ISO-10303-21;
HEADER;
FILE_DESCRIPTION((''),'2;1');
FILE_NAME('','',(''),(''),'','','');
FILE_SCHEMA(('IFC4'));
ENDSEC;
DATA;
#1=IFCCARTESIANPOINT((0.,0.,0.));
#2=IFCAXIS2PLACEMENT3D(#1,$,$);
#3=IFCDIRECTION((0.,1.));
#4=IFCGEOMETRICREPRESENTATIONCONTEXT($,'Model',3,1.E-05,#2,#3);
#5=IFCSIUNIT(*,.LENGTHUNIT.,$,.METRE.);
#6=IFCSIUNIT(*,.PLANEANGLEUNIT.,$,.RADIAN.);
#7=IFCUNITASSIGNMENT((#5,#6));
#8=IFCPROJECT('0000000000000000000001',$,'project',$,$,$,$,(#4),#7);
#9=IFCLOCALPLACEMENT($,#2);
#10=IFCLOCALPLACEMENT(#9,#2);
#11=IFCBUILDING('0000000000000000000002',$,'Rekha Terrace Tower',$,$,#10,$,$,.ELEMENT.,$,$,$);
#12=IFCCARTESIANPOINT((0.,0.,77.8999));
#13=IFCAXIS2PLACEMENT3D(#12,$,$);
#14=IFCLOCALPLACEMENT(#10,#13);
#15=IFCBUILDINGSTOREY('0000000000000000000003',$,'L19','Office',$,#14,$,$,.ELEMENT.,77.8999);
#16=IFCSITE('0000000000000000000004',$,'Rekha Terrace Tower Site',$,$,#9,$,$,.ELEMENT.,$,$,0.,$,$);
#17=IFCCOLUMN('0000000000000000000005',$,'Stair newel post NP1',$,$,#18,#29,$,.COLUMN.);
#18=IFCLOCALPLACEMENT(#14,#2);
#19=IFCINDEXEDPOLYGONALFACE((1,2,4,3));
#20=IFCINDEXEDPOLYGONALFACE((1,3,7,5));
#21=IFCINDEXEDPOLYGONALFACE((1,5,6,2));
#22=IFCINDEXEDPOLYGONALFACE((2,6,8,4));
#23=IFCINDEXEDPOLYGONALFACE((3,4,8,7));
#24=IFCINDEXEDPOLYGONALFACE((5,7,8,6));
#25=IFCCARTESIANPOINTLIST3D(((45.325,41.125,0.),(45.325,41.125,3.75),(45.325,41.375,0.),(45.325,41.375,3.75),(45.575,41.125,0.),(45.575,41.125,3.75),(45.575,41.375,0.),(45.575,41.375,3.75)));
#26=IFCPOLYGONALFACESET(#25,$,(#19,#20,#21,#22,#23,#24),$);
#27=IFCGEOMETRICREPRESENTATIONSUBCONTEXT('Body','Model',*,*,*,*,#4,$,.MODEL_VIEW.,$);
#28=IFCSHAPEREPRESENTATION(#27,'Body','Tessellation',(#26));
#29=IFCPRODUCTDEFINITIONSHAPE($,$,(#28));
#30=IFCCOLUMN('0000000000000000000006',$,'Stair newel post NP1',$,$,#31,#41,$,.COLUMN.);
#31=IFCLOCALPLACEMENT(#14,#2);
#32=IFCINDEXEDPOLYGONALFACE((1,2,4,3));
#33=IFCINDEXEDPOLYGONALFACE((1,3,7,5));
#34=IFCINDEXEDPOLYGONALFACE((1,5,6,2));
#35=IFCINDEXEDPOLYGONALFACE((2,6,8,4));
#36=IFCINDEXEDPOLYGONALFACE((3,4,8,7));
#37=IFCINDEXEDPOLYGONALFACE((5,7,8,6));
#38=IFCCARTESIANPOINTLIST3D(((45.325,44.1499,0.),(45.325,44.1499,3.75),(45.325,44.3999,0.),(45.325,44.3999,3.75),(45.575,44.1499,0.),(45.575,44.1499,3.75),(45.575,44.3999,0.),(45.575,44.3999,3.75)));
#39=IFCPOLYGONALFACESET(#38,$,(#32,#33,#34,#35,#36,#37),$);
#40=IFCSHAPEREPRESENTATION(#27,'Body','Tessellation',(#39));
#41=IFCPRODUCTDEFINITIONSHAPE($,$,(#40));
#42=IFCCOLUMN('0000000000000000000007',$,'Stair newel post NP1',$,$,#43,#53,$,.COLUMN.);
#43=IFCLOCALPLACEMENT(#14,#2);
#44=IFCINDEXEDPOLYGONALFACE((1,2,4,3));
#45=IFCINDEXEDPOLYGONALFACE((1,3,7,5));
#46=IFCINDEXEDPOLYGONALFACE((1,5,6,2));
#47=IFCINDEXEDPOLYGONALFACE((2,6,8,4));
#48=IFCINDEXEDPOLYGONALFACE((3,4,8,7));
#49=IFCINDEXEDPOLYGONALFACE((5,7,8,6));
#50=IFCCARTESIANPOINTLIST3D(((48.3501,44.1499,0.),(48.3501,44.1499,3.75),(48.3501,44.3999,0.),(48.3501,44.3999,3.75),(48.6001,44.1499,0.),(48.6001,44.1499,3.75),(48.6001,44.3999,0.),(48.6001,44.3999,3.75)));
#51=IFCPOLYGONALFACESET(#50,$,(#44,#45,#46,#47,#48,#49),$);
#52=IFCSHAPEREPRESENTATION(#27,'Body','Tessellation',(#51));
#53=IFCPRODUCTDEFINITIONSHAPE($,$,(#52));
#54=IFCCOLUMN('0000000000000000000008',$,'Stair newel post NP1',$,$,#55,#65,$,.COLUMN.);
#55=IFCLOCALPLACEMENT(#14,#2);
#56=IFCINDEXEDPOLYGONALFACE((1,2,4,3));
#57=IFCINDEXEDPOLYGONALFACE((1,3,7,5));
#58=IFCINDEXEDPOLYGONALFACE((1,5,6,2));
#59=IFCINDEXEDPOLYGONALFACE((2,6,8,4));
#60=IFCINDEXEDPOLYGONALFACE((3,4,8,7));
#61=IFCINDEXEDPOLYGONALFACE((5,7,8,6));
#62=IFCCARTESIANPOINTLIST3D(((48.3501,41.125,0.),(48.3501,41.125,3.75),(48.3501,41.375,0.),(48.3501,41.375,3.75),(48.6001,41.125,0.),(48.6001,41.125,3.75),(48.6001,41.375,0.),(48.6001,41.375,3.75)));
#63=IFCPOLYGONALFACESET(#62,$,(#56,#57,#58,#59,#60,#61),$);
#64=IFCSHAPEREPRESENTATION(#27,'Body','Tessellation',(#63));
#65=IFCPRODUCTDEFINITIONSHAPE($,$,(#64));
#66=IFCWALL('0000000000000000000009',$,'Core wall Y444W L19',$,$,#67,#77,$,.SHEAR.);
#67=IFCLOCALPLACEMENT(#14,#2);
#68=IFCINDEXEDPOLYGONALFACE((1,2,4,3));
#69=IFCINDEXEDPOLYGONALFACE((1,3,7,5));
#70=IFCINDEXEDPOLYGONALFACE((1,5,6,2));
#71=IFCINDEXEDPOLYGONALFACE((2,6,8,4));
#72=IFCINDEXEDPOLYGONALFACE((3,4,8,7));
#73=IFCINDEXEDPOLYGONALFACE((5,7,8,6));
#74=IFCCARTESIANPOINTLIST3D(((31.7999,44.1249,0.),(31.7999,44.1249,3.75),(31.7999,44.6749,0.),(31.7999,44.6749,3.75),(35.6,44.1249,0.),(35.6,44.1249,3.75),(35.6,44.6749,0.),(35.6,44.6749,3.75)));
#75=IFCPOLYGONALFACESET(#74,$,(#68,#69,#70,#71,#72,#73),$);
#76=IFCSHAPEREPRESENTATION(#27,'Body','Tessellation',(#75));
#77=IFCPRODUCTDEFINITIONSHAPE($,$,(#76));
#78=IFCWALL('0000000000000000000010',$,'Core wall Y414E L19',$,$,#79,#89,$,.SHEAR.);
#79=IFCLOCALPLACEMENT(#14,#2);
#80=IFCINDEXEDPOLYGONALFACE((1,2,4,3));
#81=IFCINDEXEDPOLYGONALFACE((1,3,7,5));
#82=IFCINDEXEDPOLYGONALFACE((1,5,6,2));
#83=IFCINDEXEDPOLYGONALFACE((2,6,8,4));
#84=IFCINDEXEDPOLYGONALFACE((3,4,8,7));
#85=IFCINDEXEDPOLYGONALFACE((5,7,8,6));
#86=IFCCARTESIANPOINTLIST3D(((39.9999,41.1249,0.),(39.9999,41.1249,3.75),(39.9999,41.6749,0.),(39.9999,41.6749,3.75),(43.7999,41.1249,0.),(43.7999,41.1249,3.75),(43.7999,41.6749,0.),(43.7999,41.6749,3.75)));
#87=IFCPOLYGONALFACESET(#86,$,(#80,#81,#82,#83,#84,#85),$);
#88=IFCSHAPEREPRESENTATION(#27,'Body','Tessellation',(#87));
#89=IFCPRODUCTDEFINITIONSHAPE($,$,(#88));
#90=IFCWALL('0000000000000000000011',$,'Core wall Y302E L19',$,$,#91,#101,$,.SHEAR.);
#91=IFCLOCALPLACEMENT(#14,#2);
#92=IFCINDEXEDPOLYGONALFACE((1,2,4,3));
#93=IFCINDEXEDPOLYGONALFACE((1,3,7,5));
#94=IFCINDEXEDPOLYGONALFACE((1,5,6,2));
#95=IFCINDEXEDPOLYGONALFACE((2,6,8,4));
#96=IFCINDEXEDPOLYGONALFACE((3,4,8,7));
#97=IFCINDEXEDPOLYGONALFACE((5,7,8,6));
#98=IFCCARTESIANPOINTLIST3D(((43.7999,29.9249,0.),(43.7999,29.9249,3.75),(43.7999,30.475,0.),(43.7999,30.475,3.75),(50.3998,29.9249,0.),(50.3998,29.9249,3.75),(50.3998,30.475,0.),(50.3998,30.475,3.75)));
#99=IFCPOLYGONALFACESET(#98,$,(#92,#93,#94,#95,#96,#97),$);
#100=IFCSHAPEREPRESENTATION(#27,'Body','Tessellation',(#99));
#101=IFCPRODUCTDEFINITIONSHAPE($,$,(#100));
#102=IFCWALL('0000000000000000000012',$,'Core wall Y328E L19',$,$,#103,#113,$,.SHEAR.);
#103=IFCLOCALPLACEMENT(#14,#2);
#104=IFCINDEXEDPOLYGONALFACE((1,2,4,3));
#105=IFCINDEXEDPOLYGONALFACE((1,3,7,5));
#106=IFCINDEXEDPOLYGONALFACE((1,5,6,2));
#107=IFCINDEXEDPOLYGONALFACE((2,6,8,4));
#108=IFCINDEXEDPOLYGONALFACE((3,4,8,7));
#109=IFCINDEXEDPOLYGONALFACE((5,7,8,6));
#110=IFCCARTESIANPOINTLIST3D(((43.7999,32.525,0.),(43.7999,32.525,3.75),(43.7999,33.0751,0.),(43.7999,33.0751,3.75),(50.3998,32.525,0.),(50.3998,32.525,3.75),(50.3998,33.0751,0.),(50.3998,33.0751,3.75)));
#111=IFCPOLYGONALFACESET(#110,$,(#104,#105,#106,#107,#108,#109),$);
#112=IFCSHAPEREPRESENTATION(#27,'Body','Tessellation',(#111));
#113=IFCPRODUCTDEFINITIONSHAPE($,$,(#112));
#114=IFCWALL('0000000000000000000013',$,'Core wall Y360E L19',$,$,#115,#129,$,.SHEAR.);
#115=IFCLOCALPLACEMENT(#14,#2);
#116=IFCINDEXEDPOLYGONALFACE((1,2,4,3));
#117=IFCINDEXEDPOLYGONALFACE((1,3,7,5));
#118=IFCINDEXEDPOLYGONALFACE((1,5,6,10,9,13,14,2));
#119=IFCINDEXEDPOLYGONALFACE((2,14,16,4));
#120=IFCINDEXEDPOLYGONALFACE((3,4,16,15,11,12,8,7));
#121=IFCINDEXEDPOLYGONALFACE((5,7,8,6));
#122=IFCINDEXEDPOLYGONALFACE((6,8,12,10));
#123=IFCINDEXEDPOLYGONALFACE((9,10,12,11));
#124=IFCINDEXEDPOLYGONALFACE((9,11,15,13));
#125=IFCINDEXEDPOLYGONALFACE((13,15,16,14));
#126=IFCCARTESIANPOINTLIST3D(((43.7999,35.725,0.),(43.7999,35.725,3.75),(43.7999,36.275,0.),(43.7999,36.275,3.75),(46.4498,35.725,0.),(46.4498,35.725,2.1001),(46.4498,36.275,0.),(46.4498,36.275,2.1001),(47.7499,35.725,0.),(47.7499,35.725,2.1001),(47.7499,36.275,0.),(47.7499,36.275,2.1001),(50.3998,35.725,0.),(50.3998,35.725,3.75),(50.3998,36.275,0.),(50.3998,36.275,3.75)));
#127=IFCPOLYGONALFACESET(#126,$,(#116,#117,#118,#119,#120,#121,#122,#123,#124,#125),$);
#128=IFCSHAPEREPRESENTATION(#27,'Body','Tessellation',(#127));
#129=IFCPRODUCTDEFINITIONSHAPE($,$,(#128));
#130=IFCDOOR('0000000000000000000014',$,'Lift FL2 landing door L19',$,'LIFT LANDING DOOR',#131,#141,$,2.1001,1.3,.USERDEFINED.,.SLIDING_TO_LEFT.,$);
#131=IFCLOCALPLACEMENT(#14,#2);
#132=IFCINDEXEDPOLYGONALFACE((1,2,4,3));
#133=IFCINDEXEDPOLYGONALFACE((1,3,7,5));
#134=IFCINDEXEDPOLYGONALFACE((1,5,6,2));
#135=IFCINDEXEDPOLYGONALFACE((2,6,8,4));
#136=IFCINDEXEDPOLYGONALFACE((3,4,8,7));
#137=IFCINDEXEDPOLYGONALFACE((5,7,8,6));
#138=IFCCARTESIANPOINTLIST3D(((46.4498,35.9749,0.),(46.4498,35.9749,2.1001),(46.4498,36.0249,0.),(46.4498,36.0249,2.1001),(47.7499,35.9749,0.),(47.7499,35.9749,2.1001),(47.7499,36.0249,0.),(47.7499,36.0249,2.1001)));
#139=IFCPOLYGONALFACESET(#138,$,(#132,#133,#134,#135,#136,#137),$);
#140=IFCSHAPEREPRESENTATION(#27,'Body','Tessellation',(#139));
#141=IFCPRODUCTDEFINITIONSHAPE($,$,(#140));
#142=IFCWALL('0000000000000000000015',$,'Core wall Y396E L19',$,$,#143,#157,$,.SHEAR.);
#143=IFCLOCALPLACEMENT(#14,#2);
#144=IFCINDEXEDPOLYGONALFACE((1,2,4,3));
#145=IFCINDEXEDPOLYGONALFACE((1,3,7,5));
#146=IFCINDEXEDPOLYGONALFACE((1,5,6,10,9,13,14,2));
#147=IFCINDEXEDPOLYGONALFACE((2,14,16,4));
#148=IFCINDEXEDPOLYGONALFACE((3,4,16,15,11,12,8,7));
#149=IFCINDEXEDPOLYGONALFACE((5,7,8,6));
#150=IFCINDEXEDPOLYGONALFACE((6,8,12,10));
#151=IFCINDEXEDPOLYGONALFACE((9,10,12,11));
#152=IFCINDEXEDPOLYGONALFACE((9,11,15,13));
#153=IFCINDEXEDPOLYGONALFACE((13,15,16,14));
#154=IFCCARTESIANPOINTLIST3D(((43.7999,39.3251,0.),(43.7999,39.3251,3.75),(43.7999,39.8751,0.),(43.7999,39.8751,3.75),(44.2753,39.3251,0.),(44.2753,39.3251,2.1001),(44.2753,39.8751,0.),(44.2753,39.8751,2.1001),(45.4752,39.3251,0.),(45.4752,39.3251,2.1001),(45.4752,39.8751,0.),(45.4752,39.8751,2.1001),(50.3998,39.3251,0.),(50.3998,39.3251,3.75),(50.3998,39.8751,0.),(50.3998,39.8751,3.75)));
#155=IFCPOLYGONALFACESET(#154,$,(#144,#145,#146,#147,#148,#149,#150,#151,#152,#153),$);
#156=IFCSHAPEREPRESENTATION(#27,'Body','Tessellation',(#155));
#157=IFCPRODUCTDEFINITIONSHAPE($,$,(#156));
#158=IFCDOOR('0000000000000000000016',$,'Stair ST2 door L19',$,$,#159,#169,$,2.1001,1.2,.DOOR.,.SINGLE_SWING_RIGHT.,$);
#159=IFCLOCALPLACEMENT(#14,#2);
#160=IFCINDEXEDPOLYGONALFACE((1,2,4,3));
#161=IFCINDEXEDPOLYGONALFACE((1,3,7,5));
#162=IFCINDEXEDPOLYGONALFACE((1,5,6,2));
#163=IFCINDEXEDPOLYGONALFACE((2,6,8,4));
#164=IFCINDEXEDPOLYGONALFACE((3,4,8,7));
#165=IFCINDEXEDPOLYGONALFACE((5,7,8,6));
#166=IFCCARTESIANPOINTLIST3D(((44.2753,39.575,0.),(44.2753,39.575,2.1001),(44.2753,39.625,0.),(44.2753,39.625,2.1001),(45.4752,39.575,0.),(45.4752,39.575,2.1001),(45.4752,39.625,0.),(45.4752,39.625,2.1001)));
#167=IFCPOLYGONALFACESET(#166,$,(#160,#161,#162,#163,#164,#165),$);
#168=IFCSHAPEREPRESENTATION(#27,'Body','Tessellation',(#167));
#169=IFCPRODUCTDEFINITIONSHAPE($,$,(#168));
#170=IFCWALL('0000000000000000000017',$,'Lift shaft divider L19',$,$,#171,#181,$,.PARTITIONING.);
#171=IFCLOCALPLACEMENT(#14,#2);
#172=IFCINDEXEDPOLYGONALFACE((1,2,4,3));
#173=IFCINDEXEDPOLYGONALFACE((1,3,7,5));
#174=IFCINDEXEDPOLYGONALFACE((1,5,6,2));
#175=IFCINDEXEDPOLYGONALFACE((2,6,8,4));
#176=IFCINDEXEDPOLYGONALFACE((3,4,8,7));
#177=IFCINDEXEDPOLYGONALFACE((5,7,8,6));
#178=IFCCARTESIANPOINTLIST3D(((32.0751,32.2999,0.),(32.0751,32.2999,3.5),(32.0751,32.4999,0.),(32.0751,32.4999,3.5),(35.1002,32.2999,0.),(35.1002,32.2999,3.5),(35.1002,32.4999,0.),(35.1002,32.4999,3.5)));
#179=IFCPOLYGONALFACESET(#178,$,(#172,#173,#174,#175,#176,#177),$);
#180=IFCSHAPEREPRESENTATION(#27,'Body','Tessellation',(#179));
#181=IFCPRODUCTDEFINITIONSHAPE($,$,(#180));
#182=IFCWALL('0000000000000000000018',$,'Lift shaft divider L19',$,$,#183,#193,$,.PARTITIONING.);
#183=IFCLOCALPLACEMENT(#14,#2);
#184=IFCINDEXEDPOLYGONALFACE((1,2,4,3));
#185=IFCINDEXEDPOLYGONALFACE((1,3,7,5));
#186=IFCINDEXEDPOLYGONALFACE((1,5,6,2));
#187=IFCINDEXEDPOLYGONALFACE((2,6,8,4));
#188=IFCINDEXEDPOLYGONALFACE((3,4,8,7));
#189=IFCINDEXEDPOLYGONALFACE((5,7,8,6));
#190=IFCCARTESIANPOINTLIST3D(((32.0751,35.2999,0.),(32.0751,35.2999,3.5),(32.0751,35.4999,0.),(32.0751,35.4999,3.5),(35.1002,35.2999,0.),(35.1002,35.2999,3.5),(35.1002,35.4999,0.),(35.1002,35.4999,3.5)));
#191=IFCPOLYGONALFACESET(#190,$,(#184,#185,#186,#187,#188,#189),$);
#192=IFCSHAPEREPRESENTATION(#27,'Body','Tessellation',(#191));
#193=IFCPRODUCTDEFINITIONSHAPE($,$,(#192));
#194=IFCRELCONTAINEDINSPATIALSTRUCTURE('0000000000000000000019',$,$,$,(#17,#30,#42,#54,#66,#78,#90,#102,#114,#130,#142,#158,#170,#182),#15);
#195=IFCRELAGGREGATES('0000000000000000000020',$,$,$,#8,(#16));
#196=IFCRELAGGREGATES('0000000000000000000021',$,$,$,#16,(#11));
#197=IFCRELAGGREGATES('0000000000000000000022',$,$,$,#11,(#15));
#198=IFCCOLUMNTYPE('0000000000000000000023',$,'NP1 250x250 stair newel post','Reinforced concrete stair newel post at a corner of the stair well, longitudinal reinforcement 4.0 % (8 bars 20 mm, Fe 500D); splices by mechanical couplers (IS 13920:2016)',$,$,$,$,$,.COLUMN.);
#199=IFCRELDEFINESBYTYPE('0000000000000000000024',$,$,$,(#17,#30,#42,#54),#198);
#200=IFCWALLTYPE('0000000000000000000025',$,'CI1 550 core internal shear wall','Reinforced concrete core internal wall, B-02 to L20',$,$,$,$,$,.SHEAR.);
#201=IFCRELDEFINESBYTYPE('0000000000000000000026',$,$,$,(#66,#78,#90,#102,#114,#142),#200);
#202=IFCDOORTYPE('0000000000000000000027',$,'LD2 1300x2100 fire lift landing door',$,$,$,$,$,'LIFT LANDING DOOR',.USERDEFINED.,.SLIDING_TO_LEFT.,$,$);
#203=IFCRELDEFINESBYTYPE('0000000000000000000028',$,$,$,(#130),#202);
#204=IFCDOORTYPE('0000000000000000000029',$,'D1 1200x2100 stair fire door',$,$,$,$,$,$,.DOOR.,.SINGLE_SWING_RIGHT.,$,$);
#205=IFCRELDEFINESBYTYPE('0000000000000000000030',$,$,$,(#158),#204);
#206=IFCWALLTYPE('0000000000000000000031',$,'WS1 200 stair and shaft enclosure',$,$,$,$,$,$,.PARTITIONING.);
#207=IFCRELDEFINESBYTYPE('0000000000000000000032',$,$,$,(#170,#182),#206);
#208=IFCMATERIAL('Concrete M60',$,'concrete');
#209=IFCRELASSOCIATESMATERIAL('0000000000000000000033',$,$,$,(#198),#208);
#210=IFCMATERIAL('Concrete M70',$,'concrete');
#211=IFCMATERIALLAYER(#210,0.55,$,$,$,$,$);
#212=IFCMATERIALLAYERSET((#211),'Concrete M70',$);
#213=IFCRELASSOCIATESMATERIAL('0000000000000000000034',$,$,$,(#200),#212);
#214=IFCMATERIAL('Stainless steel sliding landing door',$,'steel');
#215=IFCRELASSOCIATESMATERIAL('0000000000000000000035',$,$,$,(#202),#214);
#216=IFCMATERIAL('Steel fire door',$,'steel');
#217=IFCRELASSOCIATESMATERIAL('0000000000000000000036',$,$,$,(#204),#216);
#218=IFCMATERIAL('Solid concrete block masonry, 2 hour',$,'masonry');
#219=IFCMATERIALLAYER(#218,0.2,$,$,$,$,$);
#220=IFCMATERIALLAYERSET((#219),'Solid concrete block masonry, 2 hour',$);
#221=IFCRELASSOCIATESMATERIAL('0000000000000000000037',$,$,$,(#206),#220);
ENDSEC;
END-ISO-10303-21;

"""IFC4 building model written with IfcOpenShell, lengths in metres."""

from ifc_helpers import new_model, si_unit, direction, frame, frame_2d, origin, origin_2d, place, context, subcontext, project, spatial, rectangle, extrude, material, layer, layer_set, material_profile, profile_set, type_object, element, fill, save


model = new_model("IFC4")

# Units and contexts
model_context = context("Model", 3, precision=1e-05, world=origin(), true_north=direction((0.0, 1.0)))
body_context = subcontext(model_context, "Body", "Model", "MODEL_VIEW")
ifc_project = project(units=[si_unit("LENGTHUNIT", "METRE"), si_unit("PLANEANGLEUNIT", "RADIAN")], contexts=[model_context])

# Site, building, storey
site_placement = place(None, origin())
site = spatial("IfcSite", under=ifc_project, at=site_placement, Name="Rekha Terrace Tower Site", CompositionType="ELEMENT", RefElevation=0.0)
building_placement = place(site_placement, origin())
building = spatial("IfcBuilding", under=site, at=building_placement, Name="Rekha Terrace Tower", CompositionType="ELEMENT")
storey_placement = place(building_placement, frame((0.0, 0.0, 77.8999)))
storey = spatial("IfcBuildingStorey", under=building, at=storey_placement, Name="L19", Description="Office", CompositionType="ELEMENT", Elevation=77.8999)

# Columns
ifc_material_1 = material(Name="Concrete M60", Category="concrete")
ifc_material_profile = material_profile(ifc_material_1, rectangle(XDim=0.25, YDim=0.25, at=origin_2d()), Name="RC 250x250")
ifc_profile_set = profile_set([ifc_material_profile], Name="Concrete M60")
column_type = type_object("IfcColumnType", Name="NP1 250x250 stair newel post", Description="Reinforced concrete stair newel post at a corner of the stair well, longitudinal reinforcement 4.0 % (8 bars 20 mm, Fe 500D); splices by mechanical couplers (IS 13920:2016)", PredefinedType="COLUMN", material=ifc_profile_set)
for number, where, z_axis, x_axis, name in (
    (1, (45.45, 41.25, 0.0), (0.0, 0.0, 1.0), (1.0, 0.0, 0.0), "Stair newel post NP1"),
    (2, (45.45, 44.2749, 0.0), (0.0, 0.0, 1.0), (1.0, 0.0, 0.0), "Stair newel post NP1"),
    (3, (48.4751, 44.2749, 0.0), (0.0, 0.0, 1.0), (1.0, 0.0, 0.0), "Stair newel post NP1"),
    (4, (48.4751, 41.25, 0.0), (0.0, 0.0, 1.0), (1.0, 0.0, 0.0), "Stair newel post NP1"),
):
    element("IfcColumn", number, at=place(storey_placement, frame(where, z_axis=z_axis, x_axis=x_axis)), inside=storey, type_object=column_type, Name=name, PredefinedType="COLUMN", context=body_context, shape_type="SweptSolid", body=[
        extrude(rectangle(XDim=0.25, YDim=0.25, at=origin_2d()), origin(), (0.0, 0.0, 1.0), 3.75),
    ])

# Walls
ifc_material_2 = material(Name="Concrete M70", Category="concrete")
ifc_layer_1 = layer(ifc_material_2, 0.55)
ifc_layer_set_1 = layer_set([ifc_layer_1], Name="Concrete M70")
wall_type_1 = type_object("IfcWallType", Name="CI1 550 core internal shear wall", Description="Reinforced concrete core internal wall, B-02 to L20", PredefinedType="SHEAR", material=ifc_layer_set_1)
for number, where, z_axis, x_axis, name in (
    (5, (31.8, 44.3999, 0.0), (0.0, 0.0, 1.0), (1.0, 0.0, 0.0), "Core wall Y444W L19"),
    (6, (40.0, 41.3999, 0.0), (0.0, 0.0, 1.0), (1.0, 0.0, 0.0), "Core wall Y414E L19"),
):
    element("IfcWall", number, at=place(storey_placement, frame(where, z_axis=z_axis, x_axis=x_axis)), inside=storey, type_object=wall_type_1, Name=name, PredefinedType="SHEAR", context=body_context, shape_type="SweptSolid", body=[
        extrude(rectangle(XDim=3.8, YDim=0.55, at=frame_2d((1.8999, 0.0))), origin(), (0.0, 0.0, 1.0), 3.75),
    ])
for number, where, z_axis, x_axis, name in (
    (7, (43.8, 30.2, 0.0), (0.0, 0.0, 1.0), (1.0, 0.0, 0.0), "Core wall Y302E L19"),
    (8, (43.8, 32.8, 0.0), (0.0, 0.0, 1.0), (1.0, 0.0, 0.0), "Core wall Y328E L19"),
):
    element("IfcWall", number, at=place(storey_placement, frame(where, z_axis=z_axis, x_axis=x_axis)), inside=storey, type_object=wall_type_1, Name=name, PredefinedType="SHEAR", context=body_context, shape_type="SweptSolid", body=[
        extrude(rectangle(XDim=6.5999, YDim=0.55, at=frame_2d((3.2998, 0.0))), origin(), (0.0, 0.0, 1.0), 3.75),
    ])

# Walls, openings, doors
wall_1_placement = place(storey_placement, frame((43.8, 36.0, 0.0), z_axis=(0.0, 0.0, 1.0), x_axis=(1.0, 0.0, 0.0)))
wall_1 = element("IfcWall", 9, at=wall_1_placement, inside=storey, type_object=wall_type_1, Name="Core wall Y360E L19", PredefinedType="SHEAR", context=body_context, shape_type="SweptSolid", body=[
    extrude(rectangle(XDim=6.5999, YDim=0.55, at=frame_2d((3.2998, 0.0))), origin(), (0.0, 0.0, 1.0), 3.75),
])
opening_1_placement = place(wall_1_placement, frame((2.6499, 0.0, 0.0)))
opening_1 = element("IfcOpeningElement", 10, at=opening_1_placement, cuts=wall_1, PredefinedType="OPENING", context=body_context, shape_type="SweptSolid", body=[
    extrude(rectangle(XDim=1.3, YDim=2.1001, at=frame_2d((0.6499, 1.05))), frame((0.0, 0.2849, 0.0), z_axis=(0.0, -1.0, 0.0), x_axis=(1.0, 0.0, 0.0)), (0.0, 0.0, 1.0), 0.5701),
])
ifc_material_3 = material(Name="Stainless steel sliding landing door", Category="steel")
door_type_1 = type_object("IfcDoorType", Name="LD2 1300x2100 fire lift landing door", ElementType="LIFT LANDING DOOR", OperationType="SLIDING_TO_LEFT", PredefinedType="USERDEFINED", material=ifc_material_3)
door_1_placement = place(opening_1_placement, origin())
door_1 = element("IfcDoor", 11, at=door_1_placement, inside=storey, type_object=door_type_1, Name="Lift FL2 landing door L19", ObjectType="LIFT LANDING DOOR", OperationType="SLIDING_TO_LEFT", OverallHeight=2.1001, OverallWidth=1.3, PredefinedType="USERDEFINED", context=body_context, shape_type="SweptSolid", body=[
    extrude(rectangle(XDim=1.3, YDim=2.1001, at=frame_2d((0.6499, 1.05))), frame((0.0, 0.0249, 0.0), z_axis=(0.0, -1.0, 0.0), x_axis=(1.0, 0.0, 0.0)), (0.0, 0.0, 1.0), 0.05),
])
fill(opening_1, door_1)
wall_2_placement = place(storey_placement, frame((43.8, 39.6001, 0.0), z_axis=(0.0, 0.0, 1.0), x_axis=(1.0, 0.0, 0.0)))
wall_2 = element("IfcWall", 12, at=wall_2_placement, inside=storey, type_object=wall_type_1, Name="Core wall Y396E L19", PredefinedType="SHEAR", context=body_context, shape_type="SweptSolid", body=[
    extrude(rectangle(XDim=6.5999, YDim=0.55, at=frame_2d((3.2998, 0.0))), origin(), (0.0, 0.0, 1.0), 3.75),
])
opening_2_placement = place(wall_2_placement, frame((0.4751, 0.0, 0.0)))
opening_2 = element("IfcOpeningElement", 13, at=opening_2_placement, cuts=wall_2, PredefinedType="OPENING", context=body_context, shape_type="SweptSolid", body=[
    extrude(rectangle(XDim=1.2, YDim=2.1001, at=frame_2d((0.6001, 1.05))), frame((0.0, 0.2849, 0.0), z_axis=(0.0, -1.0, 0.0), x_axis=(1.0, 0.0, 0.0)), (0.0, 0.0, 1.0), 0.5701),
])
ifc_material_4 = material(Name="Steel fire door", Category="steel")
door_type_2 = type_object("IfcDoorType", Name="D1 1200x2100 stair fire door", OperationType="SINGLE_SWING_RIGHT", PredefinedType="DOOR", material=ifc_material_4)
door_2_placement = place(opening_2_placement, origin())
door_2 = element("IfcDoor", 14, at=door_2_placement, inside=storey, type_object=door_type_2, Name="Stair ST2 door L19", OperationType="SINGLE_SWING_RIGHT", OverallHeight=2.1001, OverallWidth=1.2, PredefinedType="DOOR", context=body_context, shape_type="SweptSolid", body=[
    extrude(rectangle(XDim=1.2, YDim=2.1001, at=frame_2d((0.6001, 1.05))), frame((0.0, 0.0249, 0.0), z_axis=(0.0, -1.0, 0.0), x_axis=(1.0, 0.0, 0.0)), (0.0, 0.0, 1.0), 0.05),
])
fill(opening_2, door_2)

# Walls
ifc_material_5 = material(Name="Solid concrete block masonry, 2 hour", Category="masonry")
ifc_layer_2 = layer(ifc_material_5, 0.2)
ifc_layer_set_2 = layer_set([ifc_layer_2], Name="Solid concrete block masonry, 2 hour")
wall_type_2 = type_object("IfcWallType", Name="WS1 200 stair and shaft enclosure", PredefinedType="PARTITIONING", material=ifc_layer_set_2)
for number, where, z_axis, x_axis, name in (
    (15, (32.075, 32.3999, 0.0), (0.0, 0.0, 1.0), (1.0, 0.0, 0.0), "Lift shaft divider L19"),
    (16, (32.075, 35.3999, 0.0), (0.0, 0.0, 1.0), (1.0, 0.0, 0.0), "Lift shaft divider L19"),
):
    element("IfcWall", number, at=place(storey_placement, frame(where, z_axis=z_axis, x_axis=x_axis)), inside=storey, type_object=wall_type_2, Name=name, PredefinedType="PARTITIONING", context=body_context, shape_type="SweptSolid", body=[
        extrude(rectangle(XDim=3.0251, YDim=0.2, at=frame_2d((1.5127, 0.0))), origin(), (0.0, 0.0, 1.0), 3.5),
    ])

save(model, "model.ifc")
